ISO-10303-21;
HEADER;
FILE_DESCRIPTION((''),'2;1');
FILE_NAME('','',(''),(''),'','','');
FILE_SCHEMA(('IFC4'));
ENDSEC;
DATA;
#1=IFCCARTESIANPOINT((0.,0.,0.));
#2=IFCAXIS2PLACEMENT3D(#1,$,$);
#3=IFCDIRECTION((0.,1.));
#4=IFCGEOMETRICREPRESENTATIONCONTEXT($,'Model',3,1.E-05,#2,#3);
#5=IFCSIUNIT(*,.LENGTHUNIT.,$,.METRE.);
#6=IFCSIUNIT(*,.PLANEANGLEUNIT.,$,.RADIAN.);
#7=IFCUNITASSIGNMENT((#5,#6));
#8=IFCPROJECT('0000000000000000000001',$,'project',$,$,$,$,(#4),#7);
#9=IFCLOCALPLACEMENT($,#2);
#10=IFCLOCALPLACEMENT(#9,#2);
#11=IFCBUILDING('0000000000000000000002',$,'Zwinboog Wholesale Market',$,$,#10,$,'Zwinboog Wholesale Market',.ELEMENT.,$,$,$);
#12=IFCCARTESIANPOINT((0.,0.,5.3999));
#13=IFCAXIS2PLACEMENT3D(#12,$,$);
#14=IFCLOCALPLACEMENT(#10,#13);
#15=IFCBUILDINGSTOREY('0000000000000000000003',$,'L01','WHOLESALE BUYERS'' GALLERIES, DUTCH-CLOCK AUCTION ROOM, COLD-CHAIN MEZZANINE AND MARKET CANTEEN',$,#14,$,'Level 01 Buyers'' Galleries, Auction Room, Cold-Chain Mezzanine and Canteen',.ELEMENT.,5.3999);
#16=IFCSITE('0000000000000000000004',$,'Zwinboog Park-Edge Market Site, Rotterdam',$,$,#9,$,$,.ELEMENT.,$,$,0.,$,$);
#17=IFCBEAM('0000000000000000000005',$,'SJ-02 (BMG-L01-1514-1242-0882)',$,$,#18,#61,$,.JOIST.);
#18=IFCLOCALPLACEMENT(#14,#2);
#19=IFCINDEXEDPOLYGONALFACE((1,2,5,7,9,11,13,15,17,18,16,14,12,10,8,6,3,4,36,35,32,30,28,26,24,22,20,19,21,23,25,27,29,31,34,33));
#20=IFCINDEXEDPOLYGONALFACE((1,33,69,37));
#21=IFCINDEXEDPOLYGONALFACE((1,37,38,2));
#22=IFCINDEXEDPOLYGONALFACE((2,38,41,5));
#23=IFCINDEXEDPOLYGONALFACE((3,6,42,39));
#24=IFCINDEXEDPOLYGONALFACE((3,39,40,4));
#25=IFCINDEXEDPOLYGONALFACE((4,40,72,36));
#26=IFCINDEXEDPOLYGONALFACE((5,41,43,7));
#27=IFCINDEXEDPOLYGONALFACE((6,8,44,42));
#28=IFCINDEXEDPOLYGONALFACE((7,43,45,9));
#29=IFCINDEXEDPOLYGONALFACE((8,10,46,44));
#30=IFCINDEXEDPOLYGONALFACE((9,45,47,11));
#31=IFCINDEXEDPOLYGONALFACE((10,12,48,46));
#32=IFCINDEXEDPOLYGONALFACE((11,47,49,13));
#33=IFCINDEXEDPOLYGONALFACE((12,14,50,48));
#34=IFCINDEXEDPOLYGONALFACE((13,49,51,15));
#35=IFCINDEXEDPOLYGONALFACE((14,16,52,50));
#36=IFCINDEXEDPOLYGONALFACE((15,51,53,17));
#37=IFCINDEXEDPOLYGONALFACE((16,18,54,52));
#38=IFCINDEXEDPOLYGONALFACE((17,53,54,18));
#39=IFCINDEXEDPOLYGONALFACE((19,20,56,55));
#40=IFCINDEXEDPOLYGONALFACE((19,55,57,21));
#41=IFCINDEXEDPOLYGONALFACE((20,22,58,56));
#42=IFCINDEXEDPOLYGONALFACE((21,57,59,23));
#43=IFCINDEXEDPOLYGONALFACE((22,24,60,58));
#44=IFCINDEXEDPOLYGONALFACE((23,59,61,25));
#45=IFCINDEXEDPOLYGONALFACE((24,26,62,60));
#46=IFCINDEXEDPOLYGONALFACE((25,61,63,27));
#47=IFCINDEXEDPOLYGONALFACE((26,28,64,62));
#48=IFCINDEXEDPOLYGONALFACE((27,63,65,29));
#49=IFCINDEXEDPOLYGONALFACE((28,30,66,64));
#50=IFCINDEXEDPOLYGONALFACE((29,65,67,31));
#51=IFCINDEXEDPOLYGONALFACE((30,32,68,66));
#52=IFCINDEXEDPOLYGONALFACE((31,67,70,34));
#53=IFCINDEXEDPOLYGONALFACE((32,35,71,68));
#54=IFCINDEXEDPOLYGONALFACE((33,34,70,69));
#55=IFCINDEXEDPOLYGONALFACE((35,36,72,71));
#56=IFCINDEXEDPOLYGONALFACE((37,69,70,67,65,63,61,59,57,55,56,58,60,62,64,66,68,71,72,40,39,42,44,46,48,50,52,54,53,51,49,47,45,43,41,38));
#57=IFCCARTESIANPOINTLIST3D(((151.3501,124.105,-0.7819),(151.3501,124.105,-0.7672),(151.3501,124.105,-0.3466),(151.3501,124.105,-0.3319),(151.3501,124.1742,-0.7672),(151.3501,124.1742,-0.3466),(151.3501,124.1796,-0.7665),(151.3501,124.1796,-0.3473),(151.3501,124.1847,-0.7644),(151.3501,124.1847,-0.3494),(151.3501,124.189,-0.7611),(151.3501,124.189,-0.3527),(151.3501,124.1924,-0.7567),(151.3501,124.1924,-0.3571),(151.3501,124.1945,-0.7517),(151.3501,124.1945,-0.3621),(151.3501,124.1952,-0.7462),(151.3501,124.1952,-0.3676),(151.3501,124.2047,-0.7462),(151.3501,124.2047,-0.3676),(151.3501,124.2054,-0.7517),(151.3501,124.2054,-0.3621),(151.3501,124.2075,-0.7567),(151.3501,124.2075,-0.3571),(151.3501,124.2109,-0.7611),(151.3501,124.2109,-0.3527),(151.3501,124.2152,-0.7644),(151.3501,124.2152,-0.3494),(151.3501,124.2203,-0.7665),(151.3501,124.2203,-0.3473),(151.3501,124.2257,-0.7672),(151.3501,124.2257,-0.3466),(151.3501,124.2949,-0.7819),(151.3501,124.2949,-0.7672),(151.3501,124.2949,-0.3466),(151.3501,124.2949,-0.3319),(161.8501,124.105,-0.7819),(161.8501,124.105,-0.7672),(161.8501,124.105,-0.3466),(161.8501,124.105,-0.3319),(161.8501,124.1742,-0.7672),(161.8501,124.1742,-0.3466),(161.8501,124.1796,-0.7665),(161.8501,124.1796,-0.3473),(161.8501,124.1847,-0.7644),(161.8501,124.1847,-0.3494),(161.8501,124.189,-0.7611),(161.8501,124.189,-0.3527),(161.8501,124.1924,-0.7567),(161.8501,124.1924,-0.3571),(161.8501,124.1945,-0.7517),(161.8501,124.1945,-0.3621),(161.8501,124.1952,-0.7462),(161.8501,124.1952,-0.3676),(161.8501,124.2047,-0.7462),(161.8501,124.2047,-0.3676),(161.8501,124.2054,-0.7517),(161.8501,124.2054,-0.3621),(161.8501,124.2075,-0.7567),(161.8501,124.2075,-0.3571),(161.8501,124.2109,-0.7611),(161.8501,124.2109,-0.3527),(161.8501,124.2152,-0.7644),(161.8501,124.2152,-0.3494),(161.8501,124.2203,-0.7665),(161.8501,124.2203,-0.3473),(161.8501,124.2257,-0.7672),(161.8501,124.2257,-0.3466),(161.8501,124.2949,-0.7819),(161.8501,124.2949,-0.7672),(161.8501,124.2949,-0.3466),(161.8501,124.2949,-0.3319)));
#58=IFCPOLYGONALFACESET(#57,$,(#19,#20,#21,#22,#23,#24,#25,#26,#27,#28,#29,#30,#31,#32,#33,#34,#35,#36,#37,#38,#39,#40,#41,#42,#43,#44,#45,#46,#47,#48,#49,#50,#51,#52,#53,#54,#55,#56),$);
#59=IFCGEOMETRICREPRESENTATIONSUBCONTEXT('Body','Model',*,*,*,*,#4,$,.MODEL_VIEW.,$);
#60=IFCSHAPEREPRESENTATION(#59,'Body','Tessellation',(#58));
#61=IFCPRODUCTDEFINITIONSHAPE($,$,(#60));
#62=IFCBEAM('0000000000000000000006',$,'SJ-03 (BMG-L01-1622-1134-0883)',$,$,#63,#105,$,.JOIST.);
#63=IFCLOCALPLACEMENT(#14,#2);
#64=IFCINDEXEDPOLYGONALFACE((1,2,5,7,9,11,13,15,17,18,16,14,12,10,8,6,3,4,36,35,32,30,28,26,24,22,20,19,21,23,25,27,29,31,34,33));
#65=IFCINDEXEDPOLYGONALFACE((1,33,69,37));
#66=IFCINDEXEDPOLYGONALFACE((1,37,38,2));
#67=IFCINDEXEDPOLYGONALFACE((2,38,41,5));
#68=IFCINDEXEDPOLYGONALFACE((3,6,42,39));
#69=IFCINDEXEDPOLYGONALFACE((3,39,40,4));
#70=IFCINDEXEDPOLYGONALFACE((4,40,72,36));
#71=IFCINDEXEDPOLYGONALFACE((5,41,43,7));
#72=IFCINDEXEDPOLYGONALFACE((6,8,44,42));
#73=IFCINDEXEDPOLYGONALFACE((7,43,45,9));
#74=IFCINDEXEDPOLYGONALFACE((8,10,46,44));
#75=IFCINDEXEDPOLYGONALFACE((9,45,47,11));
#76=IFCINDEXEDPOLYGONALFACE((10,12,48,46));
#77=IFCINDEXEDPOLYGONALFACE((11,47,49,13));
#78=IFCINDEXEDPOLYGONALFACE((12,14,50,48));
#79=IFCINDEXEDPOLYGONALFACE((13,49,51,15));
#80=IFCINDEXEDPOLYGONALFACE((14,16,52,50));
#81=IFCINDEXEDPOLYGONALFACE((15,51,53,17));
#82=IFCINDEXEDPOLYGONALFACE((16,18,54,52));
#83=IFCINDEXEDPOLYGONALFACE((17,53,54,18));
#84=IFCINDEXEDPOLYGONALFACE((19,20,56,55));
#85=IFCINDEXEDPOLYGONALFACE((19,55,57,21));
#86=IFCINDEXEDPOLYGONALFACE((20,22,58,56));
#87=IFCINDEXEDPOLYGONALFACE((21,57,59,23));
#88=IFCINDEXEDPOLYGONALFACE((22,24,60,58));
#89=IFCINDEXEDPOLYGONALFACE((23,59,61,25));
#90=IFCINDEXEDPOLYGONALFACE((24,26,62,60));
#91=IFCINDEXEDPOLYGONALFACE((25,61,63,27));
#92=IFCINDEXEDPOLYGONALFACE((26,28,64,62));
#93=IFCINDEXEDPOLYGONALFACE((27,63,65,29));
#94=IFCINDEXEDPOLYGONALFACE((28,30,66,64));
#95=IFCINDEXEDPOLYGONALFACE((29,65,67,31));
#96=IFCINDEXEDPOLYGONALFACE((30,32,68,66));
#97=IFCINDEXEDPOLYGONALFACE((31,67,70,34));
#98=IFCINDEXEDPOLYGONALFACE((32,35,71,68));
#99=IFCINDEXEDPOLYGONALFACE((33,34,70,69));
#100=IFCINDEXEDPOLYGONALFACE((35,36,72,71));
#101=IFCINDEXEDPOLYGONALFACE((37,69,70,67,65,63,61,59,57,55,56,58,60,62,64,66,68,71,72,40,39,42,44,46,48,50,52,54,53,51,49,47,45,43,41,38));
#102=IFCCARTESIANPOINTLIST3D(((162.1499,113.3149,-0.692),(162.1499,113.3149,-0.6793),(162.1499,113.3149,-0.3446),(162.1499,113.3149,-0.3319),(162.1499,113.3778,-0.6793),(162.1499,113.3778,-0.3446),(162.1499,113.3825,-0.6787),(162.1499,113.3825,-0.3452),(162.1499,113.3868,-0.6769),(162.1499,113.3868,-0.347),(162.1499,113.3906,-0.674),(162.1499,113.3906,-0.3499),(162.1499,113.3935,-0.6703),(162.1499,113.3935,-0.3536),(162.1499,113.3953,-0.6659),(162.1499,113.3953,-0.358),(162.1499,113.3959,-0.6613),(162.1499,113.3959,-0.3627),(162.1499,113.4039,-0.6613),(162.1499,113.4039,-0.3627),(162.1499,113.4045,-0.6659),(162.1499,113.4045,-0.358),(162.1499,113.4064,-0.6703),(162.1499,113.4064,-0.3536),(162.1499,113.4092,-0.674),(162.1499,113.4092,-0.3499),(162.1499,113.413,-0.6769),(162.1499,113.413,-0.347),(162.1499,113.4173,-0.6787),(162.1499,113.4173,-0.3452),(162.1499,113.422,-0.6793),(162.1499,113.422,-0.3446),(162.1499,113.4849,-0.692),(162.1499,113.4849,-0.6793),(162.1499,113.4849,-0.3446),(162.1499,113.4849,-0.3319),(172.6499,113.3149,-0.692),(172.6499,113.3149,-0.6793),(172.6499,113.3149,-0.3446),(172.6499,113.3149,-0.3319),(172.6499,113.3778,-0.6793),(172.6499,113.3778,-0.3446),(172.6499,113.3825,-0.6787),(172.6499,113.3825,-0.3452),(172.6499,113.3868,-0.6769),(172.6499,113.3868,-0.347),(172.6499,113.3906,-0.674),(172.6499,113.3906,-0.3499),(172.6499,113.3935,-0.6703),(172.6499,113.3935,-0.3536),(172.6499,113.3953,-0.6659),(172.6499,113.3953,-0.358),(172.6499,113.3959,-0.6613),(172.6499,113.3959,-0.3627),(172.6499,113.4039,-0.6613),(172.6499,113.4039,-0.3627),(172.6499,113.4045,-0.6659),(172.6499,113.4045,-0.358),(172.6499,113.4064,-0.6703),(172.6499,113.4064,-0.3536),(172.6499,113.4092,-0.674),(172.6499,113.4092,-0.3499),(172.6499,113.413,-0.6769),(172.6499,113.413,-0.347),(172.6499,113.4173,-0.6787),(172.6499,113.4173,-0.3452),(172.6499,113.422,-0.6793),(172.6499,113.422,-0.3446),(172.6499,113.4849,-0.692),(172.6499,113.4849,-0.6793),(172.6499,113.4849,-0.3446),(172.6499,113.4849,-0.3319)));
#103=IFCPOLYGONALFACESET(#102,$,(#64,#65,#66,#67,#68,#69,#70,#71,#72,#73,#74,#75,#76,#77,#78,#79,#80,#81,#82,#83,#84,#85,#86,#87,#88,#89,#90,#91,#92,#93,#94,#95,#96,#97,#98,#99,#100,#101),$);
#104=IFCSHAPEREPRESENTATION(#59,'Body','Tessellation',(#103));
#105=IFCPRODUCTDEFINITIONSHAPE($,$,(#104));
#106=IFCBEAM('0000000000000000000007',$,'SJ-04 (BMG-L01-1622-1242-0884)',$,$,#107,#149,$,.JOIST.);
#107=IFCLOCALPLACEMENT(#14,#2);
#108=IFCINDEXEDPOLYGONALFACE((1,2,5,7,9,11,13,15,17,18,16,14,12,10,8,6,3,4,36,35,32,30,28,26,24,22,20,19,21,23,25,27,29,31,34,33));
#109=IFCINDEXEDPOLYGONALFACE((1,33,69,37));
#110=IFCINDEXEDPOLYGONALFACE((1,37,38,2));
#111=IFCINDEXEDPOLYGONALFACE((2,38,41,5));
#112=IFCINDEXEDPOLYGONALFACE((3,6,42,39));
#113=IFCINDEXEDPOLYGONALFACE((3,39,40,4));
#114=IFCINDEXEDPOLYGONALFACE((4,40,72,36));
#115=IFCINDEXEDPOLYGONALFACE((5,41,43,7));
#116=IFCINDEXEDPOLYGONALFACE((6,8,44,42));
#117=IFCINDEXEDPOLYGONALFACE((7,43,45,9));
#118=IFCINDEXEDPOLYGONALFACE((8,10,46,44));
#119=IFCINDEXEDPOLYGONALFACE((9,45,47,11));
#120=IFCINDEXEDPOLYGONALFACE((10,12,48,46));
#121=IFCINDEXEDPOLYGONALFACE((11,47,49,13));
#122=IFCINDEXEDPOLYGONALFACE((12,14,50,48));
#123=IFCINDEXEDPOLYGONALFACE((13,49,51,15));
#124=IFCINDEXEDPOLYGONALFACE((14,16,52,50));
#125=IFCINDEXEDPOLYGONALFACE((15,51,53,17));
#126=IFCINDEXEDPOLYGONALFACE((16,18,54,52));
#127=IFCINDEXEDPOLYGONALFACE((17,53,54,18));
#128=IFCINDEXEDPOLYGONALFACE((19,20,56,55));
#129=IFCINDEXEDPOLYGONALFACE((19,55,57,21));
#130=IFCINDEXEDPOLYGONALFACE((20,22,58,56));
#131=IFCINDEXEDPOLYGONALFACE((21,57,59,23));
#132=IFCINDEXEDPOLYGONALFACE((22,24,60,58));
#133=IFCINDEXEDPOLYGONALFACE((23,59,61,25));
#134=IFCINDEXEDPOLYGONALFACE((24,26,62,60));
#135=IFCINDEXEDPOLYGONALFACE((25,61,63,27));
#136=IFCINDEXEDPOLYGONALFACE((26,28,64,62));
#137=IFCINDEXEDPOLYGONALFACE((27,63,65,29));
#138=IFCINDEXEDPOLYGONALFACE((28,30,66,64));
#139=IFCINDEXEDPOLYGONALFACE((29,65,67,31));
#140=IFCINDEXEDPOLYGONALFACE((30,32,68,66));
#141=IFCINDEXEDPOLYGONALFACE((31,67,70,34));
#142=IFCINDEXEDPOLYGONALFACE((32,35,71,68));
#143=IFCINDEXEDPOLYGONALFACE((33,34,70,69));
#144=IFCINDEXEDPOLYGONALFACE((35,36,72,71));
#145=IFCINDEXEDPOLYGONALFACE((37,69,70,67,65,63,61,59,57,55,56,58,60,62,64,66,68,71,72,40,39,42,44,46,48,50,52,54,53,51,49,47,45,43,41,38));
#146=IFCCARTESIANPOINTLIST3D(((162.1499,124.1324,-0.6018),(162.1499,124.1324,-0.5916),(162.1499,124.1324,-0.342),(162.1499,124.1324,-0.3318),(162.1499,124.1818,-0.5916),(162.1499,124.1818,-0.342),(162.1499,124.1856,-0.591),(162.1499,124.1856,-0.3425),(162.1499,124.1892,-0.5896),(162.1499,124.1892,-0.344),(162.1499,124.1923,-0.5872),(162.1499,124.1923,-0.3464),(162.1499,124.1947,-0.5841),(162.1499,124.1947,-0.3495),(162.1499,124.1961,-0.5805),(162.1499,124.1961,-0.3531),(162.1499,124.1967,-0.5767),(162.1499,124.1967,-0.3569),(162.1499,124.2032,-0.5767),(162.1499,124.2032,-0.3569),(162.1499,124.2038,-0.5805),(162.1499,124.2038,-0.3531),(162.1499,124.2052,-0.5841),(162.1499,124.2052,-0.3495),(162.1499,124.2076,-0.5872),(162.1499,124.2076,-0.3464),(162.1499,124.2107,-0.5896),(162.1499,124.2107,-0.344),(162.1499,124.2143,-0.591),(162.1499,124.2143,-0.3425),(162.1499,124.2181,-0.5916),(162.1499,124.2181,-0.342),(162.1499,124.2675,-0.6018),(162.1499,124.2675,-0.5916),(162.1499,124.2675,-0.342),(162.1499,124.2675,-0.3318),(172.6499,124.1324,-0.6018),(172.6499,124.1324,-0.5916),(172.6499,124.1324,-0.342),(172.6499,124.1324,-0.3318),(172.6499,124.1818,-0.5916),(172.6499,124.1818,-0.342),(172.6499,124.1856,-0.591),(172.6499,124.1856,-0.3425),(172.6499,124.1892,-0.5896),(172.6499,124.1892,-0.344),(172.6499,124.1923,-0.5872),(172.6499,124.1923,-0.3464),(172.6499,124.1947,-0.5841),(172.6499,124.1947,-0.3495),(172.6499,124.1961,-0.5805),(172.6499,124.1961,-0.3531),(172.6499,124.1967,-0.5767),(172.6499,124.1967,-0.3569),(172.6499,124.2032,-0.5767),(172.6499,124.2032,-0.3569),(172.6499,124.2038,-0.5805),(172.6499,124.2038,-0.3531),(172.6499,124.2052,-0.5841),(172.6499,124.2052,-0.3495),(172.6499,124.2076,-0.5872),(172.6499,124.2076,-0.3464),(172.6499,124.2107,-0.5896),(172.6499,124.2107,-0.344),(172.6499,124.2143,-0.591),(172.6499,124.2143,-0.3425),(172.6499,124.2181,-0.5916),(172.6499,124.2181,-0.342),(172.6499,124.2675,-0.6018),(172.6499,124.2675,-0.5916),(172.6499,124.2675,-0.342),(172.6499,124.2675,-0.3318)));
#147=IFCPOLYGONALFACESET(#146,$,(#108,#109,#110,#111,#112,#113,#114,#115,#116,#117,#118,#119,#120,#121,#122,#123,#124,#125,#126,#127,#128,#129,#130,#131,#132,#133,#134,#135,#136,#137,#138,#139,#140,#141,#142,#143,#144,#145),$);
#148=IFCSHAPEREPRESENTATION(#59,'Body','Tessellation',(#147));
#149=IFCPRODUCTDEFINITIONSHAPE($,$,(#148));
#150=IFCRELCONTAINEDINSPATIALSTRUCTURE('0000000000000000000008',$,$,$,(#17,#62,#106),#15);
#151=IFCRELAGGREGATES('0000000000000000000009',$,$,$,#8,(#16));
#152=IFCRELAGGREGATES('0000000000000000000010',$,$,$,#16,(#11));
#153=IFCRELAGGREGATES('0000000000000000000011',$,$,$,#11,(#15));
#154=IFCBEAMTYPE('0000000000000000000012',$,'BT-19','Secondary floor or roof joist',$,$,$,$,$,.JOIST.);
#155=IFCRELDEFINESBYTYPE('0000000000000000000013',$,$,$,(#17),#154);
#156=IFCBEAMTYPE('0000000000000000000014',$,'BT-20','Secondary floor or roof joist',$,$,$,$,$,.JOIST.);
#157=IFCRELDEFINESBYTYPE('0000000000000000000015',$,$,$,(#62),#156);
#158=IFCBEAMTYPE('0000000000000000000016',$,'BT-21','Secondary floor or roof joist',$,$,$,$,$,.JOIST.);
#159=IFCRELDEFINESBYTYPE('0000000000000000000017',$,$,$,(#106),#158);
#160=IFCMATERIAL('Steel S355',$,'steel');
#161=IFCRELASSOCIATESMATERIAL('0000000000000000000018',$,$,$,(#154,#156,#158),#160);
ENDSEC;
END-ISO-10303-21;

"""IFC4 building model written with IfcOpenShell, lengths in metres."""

from ifc_helpers import new_model, si_unit, direction, frame, origin, origin_2d, place, context, subcontext, project, spatial, i_section, extrude, material, material_profile, profile_set, type_object, element, save


model = new_model("IFC4")

# Units and contexts
model_context = context("Model", 3, precision=1e-05, world=origin(), true_north=direction((0.0, 1.0)))
body_context = subcontext(model_context, "Body", "Model", "MODEL_VIEW")
ifc_project = project(units=[si_unit("LENGTHUNIT", "METRE"), si_unit("PLANEANGLEUNIT", "RADIAN")], contexts=[model_context])

# Site, building, storey
site_placement = place(None, origin())
site = spatial("IfcSite", under=ifc_project, at=site_placement, Name="Zwinboog Park-Edge Market Site, Rotterdam", CompositionType="ELEMENT", RefElevation=0.0)
building_placement = place(site_placement, origin())
building = spatial("IfcBuilding", under=site, at=building_placement, Name="Zwinboog Wholesale Market", LongName="Zwinboog Wholesale Market", CompositionType="ELEMENT")
storey_placement = place(building_placement, frame((0.0, 0.0, 5.3999)))
storey = spatial("IfcBuildingStorey", under=building, at=storey_placement, Name="L01", Description="WHOLESALE BUYERS' GALLERIES, DUTCH-CLOCK AUCTION ROOM, COLD-CHAIN MEZZANINE AND MARKET CANTEEN", LongName="Level 01 Buyers' Galleries, Auction Room, Cold-Chain Mezzanine and Canteen", CompositionType="ELEMENT", Elevation=5.3999)

# Beams
ifc_material_1 = material(Name="Steel S355", Category="steel")
ifc_material_profile_1 = material_profile(ifc_material_1, i_section(OverallWidth=0.1899, OverallDepth=0.45, WebThickness=0.0095, FlangeThickness=0.0146, FilletRadius=0.021, at=origin_2d()), Name="IPE 450")
ifc_profile_set_1 = profile_set([ifc_material_profile_1], Name="Steel S355")
beam_type_1 = type_object("IfcBeamType", Name="BT-19", Description="Secondary floor or roof joist", PredefinedType="JOIST", material=ifc_profile_set_1)
beam_1_placement = place(storey_placement, frame((151.3501, 124.2, -0.5569), z_axis=(1.0, 0.0, 0.0), x_axis=(0.0, 1.0, 0.0)))
element("IfcBeam", 1, at=beam_1_placement, inside=storey, type_object=beam_type_1, Name="SJ-02 (BMG-L01-1514-1242-0882)", PredefinedType="JOIST", context=body_context, shape_type="SweptSolid", body=[
    extrude(i_section(OverallWidth=0.1899, OverallDepth=0.45, WebThickness=0.0095, FlangeThickness=0.0146, FilletRadius=0.021, at=origin_2d()), origin(), (0.0, 0.0, 1.0), 10.5),
])
ifc_material_profile_2 = material_profile(ifc_material_1, i_section(OverallWidth=0.1699, OverallDepth=0.3601, WebThickness=0.0081, FlangeThickness=0.0127, FilletRadius=0.0181, at=origin_2d()), Name="IPE 360")
ifc_profile_set_2 = profile_set([ifc_material_profile_2], Name="Steel S355")
beam_type_2 = type_object("IfcBeamType", Name="BT-20", Description="Secondary floor or roof joist", PredefinedType="JOIST", material=ifc_profile_set_2)
beam_2_placement = place(storey_placement, frame((162.1499, 113.3999, -0.512), z_axis=(1.0, 0.0, 0.0), x_axis=(0.0, 1.0, 0.0)))
element("IfcBeam", 2, at=beam_2_placement, inside=storey, type_object=beam_type_2, Name="SJ-03 (BMG-L01-1622-1134-0883)", PredefinedType="JOIST", context=body_context, shape_type="SweptSolid", body=[
    extrude(i_section(OverallWidth=0.1699, OverallDepth=0.3601, WebThickness=0.0081, FlangeThickness=0.0127, FilletRadius=0.0181, at=origin_2d()), origin(), (0.0, 0.0, 1.0), 10.5),
])
ifc_material_profile_3 = material_profile(ifc_material_1, i_section(OverallWidth=0.135, OverallDepth=0.27, WebThickness=0.0066, FlangeThickness=0.0103, FilletRadius=0.0149, at=origin_2d()), Name="IPE 270")
ifc_profile_set_3 = profile_set([ifc_material_profile_3], Name="Steel S355")
beam_type_3 = type_object("IfcBeamType", Name="BT-21", Description="Secondary floor or roof joist", PredefinedType="JOIST", material=ifc_profile_set_3)
beam_3_placement = place(storey_placement, frame((162.1499, 124.2, -0.4668), z_axis=(1.0, 0.0, 0.0), x_axis=(0.0, 1.0, 0.0)))
element("IfcBeam", 3, at=beam_3_placement, inside=storey, type_object=beam_type_3, Name="SJ-04 (BMG-L01-1622-1242-0884)", PredefinedType="JOIST", context=body_context, shape_type="SweptSolid", body=[
    extrude(i_section(OverallWidth=0.135, OverallDepth=0.27, WebThickness=0.0066, FlangeThickness=0.0103, FilletRadius=0.0149, at=origin_2d()), origin(), (0.0, 0.0, 1.0), 10.5),
])

save(model, "model.ifc")
